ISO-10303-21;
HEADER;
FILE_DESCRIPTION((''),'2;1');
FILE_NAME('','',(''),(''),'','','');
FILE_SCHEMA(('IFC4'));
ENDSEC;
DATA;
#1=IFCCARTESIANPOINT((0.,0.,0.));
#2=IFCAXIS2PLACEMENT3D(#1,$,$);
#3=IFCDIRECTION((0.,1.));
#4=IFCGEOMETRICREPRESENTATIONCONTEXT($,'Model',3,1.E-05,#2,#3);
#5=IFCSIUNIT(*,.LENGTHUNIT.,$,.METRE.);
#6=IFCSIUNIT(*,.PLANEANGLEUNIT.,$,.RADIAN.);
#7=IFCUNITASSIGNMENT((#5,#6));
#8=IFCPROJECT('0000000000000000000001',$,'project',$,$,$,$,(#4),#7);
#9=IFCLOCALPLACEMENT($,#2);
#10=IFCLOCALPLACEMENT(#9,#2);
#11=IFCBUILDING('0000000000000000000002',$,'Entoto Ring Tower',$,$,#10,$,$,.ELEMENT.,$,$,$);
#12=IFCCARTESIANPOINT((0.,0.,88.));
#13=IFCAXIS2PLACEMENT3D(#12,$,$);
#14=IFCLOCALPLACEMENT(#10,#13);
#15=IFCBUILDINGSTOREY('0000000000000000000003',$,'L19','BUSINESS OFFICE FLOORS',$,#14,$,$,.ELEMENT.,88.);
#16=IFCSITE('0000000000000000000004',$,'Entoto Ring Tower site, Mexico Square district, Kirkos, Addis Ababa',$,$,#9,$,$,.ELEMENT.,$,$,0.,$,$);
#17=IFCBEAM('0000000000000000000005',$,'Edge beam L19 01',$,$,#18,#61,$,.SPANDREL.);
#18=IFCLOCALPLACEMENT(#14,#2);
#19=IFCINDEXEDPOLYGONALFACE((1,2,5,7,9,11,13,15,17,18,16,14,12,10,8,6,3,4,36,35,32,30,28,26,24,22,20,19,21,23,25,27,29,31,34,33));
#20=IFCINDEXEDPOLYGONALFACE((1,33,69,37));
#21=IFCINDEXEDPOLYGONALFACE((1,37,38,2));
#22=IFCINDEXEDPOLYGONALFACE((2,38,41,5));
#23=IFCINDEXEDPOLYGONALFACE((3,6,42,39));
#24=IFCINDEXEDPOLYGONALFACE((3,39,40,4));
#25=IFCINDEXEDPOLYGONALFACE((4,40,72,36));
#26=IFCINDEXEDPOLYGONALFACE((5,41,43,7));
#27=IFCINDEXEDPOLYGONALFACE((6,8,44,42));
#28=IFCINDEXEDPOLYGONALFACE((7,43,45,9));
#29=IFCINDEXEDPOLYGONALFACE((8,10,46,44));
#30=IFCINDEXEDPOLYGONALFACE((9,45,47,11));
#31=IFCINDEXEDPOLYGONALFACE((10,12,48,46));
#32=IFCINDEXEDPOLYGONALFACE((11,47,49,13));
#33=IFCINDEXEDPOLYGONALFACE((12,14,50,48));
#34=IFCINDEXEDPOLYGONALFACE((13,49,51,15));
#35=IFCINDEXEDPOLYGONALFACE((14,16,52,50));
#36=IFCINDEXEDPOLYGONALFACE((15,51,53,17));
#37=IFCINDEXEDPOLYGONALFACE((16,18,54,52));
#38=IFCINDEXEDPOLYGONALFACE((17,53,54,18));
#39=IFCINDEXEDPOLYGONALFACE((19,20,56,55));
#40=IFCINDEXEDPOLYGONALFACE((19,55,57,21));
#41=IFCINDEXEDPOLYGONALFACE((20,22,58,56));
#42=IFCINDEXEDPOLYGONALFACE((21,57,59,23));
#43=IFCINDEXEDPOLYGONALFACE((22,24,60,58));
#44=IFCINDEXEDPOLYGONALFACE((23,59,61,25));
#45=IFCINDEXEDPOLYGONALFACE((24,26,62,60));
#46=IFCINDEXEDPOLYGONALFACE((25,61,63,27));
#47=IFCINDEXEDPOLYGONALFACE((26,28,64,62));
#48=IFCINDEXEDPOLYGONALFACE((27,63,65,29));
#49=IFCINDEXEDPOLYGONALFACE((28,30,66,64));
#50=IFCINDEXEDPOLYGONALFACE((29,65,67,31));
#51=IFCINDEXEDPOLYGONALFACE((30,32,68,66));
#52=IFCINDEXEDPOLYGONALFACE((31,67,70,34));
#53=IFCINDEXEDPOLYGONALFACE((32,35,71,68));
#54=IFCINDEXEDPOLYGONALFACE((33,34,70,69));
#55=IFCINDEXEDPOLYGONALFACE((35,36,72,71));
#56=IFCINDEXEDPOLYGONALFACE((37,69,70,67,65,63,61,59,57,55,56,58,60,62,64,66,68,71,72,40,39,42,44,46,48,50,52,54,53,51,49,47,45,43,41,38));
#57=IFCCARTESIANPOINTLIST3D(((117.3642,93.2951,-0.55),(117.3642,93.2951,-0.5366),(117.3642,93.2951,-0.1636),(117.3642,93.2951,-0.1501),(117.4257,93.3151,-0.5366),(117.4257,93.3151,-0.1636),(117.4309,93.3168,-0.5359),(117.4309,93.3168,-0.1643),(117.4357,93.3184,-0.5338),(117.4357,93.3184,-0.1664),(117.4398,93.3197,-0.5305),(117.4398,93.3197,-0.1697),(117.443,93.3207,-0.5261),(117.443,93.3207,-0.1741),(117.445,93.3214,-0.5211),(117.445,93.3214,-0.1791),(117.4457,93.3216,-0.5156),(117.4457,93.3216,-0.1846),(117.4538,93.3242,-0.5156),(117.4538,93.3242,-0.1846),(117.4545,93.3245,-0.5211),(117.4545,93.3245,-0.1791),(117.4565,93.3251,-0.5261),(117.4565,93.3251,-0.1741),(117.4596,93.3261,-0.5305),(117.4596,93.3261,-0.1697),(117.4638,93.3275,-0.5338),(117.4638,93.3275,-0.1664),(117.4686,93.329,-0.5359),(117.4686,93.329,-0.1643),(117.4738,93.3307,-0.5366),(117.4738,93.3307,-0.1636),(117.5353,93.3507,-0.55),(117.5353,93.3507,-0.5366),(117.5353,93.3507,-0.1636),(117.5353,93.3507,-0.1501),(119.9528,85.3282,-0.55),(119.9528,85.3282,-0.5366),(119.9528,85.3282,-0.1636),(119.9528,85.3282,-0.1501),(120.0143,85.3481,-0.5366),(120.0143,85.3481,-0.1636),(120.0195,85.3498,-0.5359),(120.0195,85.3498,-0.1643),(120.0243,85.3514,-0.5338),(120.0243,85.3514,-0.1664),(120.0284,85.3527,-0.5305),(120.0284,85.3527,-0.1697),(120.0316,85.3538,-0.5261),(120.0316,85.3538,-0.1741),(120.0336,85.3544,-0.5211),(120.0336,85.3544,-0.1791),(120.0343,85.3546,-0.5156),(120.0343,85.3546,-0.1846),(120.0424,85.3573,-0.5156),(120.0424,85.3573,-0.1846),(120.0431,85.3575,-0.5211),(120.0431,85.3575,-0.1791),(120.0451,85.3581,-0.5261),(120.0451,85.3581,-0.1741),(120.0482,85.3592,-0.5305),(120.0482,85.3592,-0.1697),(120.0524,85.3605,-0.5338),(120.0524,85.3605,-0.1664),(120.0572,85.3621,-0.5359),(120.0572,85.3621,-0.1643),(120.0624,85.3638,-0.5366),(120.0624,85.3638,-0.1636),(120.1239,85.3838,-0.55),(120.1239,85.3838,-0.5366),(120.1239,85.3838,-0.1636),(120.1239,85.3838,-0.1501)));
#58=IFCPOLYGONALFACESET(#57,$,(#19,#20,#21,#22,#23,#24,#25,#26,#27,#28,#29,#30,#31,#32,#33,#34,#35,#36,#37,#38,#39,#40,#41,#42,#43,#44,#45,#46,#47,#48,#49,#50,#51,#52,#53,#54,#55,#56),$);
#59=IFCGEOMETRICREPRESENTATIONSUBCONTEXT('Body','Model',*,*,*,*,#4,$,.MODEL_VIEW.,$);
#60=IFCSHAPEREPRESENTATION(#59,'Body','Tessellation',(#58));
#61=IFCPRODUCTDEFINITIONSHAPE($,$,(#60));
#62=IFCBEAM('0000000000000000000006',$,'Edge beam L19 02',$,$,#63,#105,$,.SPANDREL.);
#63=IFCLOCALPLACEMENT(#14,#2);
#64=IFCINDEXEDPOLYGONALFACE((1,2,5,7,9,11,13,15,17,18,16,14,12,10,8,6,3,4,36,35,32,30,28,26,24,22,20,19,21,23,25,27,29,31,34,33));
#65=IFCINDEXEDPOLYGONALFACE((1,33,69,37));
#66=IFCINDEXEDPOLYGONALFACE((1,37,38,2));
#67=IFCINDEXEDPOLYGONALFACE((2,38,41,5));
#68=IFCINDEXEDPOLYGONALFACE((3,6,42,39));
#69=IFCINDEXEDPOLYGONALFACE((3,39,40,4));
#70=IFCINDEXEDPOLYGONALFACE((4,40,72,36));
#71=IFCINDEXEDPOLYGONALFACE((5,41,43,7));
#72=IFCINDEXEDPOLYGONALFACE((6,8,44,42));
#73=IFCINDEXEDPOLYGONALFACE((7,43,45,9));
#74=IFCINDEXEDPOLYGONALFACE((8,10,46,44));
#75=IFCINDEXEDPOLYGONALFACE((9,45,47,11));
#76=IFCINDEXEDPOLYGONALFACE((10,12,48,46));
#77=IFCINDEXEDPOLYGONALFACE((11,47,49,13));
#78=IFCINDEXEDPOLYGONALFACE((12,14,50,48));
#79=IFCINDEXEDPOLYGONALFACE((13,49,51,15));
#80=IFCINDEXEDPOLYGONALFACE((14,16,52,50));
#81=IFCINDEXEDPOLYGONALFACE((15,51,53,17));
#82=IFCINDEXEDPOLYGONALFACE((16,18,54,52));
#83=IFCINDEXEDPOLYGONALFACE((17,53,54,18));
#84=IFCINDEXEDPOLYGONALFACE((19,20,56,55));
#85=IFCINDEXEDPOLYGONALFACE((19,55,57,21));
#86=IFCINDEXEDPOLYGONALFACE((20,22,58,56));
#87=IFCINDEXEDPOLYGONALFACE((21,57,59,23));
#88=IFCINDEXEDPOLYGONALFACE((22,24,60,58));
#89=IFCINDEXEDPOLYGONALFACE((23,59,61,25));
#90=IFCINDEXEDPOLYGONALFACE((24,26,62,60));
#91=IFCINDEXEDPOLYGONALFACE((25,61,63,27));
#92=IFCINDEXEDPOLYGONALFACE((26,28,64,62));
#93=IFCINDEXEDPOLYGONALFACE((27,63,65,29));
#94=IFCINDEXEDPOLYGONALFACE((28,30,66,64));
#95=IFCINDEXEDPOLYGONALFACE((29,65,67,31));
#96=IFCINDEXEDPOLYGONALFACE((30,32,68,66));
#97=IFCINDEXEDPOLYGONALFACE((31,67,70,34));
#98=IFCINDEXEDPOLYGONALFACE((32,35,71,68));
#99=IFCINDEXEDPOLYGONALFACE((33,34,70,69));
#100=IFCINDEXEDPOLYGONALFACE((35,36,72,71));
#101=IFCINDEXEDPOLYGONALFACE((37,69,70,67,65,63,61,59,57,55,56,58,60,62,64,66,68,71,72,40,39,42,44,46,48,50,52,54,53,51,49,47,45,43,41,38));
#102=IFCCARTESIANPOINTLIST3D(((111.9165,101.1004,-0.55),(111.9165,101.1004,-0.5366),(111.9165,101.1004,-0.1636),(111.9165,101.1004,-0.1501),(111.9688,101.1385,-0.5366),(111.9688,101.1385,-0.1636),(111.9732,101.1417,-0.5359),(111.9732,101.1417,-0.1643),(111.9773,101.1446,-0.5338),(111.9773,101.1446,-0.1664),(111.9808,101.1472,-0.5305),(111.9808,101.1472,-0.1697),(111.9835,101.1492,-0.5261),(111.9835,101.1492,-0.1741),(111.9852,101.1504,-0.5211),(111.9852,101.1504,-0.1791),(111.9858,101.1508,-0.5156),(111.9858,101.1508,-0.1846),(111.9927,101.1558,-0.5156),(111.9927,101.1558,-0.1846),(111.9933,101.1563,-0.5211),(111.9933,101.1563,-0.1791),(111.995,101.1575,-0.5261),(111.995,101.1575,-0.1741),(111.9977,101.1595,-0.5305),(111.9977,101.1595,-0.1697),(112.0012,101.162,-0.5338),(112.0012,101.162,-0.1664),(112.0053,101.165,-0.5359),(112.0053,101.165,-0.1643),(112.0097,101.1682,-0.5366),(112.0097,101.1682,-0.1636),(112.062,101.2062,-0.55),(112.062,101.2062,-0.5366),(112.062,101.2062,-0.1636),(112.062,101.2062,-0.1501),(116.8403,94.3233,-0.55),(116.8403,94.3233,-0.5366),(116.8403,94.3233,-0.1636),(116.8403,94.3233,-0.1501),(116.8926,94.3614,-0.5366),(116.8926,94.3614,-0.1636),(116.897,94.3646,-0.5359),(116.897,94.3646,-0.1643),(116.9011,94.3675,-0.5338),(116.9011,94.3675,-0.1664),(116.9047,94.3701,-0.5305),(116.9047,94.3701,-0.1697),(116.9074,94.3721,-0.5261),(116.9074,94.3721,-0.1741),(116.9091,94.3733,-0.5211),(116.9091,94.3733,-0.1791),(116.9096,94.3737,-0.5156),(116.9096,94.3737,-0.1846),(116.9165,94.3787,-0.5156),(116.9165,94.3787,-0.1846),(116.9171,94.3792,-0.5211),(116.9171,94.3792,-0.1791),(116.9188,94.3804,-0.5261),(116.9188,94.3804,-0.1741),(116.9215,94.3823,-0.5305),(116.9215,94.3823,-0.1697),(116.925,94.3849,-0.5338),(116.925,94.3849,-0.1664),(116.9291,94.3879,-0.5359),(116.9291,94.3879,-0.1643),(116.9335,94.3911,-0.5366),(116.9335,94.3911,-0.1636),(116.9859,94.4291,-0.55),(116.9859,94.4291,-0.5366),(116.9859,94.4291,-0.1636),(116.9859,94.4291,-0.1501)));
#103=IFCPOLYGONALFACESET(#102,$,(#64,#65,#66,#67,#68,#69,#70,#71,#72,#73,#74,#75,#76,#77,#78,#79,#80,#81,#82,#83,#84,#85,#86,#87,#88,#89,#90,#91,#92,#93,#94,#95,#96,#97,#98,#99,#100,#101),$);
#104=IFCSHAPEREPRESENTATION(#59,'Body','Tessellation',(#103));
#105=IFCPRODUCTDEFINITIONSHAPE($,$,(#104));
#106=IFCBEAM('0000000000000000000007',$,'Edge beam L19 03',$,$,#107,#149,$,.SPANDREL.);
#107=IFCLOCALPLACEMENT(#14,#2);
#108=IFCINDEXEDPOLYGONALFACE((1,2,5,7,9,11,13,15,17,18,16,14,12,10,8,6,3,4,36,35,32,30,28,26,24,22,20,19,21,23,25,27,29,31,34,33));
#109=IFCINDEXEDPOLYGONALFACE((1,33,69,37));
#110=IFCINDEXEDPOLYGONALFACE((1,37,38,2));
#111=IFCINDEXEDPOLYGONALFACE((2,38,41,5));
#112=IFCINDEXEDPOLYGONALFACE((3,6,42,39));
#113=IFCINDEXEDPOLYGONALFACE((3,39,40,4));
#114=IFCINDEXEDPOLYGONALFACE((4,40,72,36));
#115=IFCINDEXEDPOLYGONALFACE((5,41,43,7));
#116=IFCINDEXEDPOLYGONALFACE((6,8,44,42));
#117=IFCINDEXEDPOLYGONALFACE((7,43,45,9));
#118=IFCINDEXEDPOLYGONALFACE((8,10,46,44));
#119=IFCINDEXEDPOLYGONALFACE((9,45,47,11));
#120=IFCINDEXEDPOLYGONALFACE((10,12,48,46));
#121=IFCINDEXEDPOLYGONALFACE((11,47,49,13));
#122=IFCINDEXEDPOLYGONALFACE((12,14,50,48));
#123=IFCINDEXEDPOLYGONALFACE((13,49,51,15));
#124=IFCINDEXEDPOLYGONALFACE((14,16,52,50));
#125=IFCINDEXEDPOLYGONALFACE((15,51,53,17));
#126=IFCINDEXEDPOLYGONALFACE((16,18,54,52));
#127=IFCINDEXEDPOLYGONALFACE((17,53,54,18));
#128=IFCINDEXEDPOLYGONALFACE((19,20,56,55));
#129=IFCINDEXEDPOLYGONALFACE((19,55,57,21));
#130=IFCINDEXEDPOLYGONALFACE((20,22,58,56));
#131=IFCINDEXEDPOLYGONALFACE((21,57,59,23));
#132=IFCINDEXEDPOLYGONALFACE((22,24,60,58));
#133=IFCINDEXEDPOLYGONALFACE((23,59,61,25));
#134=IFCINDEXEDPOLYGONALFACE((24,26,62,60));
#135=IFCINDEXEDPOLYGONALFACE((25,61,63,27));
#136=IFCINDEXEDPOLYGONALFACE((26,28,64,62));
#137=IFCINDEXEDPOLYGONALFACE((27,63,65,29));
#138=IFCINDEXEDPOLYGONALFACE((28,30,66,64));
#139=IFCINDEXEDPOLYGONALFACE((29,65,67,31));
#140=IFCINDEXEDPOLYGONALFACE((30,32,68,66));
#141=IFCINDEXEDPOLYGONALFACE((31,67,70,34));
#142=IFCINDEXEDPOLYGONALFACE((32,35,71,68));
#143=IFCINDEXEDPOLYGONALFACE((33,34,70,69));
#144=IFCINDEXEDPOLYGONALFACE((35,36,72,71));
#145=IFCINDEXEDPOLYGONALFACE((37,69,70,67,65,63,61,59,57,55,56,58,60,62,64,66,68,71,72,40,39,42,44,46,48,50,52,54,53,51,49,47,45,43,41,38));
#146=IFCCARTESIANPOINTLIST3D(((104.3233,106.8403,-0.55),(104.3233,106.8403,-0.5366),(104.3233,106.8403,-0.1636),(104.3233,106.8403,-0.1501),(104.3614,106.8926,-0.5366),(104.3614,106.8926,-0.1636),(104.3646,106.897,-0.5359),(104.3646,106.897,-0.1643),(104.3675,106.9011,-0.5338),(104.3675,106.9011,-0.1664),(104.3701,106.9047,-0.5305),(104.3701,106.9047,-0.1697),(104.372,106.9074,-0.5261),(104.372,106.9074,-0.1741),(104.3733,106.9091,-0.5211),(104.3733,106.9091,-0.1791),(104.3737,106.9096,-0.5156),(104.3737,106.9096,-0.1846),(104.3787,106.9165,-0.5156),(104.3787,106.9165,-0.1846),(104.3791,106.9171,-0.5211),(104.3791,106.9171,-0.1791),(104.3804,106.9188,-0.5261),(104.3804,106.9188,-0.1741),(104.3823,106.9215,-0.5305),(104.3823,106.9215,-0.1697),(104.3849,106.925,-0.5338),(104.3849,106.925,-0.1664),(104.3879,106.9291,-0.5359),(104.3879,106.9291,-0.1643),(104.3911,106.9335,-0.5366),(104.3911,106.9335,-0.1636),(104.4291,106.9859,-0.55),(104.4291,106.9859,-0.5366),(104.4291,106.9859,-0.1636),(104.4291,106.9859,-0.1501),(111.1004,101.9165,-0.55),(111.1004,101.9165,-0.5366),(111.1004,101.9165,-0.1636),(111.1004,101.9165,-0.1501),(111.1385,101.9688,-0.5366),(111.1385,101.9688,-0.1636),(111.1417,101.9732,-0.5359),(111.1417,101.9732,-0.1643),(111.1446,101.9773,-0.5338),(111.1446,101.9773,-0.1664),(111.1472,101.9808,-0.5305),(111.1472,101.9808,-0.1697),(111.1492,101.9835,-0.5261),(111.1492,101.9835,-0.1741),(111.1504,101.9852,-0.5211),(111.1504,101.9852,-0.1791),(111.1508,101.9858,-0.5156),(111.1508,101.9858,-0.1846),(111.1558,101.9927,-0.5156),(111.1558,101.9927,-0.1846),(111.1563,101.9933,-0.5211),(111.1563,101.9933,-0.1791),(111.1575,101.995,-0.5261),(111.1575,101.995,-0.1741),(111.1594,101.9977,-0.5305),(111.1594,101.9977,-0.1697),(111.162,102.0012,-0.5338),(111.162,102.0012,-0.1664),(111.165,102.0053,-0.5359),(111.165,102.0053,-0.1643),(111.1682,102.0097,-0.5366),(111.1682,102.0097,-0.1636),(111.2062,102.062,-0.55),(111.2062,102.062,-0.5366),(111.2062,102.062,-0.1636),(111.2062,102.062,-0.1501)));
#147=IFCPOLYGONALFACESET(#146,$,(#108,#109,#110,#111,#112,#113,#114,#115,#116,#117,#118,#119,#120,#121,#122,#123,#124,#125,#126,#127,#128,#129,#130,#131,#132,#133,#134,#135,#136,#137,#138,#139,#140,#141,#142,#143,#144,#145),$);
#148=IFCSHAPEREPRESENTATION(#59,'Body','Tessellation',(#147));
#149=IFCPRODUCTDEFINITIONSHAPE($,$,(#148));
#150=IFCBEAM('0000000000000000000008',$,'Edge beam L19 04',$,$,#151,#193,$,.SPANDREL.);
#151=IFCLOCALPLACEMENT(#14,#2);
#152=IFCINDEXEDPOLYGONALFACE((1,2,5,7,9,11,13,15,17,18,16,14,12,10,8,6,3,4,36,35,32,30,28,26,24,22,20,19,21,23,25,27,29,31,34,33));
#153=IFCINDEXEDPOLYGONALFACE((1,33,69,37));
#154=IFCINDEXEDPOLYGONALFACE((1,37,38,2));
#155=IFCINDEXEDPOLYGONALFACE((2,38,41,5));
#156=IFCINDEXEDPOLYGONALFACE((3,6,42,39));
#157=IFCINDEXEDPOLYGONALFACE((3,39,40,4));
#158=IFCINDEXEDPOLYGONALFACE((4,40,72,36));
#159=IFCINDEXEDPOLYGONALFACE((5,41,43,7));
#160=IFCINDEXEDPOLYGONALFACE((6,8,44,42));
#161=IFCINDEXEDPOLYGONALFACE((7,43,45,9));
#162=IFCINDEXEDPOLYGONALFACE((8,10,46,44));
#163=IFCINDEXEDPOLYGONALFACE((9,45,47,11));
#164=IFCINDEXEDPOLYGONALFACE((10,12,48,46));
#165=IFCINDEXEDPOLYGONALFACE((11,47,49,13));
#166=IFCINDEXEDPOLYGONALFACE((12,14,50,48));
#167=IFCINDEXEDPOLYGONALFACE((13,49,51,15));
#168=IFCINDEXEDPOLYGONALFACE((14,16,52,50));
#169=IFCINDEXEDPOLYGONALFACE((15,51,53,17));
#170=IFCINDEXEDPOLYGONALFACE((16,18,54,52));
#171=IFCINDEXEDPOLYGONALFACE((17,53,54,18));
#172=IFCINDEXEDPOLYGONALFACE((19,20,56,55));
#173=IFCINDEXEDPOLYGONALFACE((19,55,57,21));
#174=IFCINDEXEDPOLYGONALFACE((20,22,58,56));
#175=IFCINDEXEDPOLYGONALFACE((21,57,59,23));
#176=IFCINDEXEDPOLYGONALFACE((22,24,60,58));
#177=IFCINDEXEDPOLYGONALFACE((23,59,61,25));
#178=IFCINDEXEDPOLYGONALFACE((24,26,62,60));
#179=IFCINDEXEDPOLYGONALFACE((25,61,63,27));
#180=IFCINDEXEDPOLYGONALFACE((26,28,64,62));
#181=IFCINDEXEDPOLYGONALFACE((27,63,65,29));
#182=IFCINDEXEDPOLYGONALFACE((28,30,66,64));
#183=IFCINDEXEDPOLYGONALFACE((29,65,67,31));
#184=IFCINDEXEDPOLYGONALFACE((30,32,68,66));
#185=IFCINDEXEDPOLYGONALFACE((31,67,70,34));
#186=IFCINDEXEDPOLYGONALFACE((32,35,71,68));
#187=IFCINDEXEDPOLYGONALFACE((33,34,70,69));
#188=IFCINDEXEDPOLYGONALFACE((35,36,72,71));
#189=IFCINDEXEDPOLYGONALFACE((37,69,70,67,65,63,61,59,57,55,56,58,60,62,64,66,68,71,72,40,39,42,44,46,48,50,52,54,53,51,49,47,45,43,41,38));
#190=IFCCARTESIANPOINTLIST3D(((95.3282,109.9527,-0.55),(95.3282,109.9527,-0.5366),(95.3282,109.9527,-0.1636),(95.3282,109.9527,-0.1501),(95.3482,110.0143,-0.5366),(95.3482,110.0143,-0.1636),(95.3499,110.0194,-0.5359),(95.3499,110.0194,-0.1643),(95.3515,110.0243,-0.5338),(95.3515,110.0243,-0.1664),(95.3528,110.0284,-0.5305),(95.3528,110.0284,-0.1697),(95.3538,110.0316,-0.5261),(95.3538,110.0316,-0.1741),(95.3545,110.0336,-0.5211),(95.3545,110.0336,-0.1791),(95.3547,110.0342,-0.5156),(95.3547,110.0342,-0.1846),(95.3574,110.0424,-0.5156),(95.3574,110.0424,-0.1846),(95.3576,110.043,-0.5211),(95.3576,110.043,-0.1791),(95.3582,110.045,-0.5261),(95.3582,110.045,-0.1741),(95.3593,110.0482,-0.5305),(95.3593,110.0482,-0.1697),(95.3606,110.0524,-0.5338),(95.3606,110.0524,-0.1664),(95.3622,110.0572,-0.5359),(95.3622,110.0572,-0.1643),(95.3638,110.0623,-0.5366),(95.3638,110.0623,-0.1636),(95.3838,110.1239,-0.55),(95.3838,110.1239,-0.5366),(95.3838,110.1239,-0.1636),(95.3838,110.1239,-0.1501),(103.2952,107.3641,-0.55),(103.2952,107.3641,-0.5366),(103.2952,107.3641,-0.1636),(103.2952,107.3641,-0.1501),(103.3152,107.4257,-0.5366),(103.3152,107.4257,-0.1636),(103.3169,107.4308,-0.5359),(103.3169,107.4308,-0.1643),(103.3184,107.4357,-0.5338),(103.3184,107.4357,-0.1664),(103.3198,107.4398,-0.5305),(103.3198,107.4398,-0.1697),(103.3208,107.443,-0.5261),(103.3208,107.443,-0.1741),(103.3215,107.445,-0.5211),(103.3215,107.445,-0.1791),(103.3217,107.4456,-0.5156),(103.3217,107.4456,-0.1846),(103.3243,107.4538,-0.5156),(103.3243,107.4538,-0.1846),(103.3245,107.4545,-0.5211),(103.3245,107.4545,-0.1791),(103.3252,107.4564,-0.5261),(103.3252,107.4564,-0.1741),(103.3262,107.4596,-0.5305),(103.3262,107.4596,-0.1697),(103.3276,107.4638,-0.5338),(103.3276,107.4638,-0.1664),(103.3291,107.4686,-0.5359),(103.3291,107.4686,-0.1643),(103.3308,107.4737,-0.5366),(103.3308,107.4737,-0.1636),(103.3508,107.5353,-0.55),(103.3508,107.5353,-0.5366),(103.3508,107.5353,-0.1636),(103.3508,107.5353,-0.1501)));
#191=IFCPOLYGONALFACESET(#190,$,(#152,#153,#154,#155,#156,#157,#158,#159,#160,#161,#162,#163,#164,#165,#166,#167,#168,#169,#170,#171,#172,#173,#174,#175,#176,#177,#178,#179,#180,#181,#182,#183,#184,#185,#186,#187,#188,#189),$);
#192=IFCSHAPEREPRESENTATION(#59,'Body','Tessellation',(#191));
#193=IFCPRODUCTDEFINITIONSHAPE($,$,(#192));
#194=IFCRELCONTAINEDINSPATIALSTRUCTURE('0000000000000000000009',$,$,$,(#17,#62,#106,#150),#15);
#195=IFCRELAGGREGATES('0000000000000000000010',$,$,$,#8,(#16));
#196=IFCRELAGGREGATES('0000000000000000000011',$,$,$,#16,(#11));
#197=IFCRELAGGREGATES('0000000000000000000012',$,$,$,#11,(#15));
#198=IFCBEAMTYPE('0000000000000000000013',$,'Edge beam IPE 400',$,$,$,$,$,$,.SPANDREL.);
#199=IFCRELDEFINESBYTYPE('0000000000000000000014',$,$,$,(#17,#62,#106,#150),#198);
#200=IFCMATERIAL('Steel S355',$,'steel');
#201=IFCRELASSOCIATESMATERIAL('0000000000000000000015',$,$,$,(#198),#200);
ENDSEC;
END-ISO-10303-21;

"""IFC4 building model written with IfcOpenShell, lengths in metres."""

from ifc_helpers import new_model, si_unit, direction, frame, origin, origin_2d, place, context, subcontext, project, spatial, i_section, extrude, material, material_profile, profile_set, type_object, element, save


model = new_model("IFC4")

# Units and contexts
model_context = context("Model", 3, precision=1e-05, world=origin(), true_north=direction((0.0, 1.0)))
body_context = subcontext(model_context, "Body", "Model", "MODEL_VIEW")
ifc_project = project(units=[si_unit("LENGTHUNIT", "METRE"), si_unit("PLANEANGLEUNIT", "RADIAN")], contexts=[model_context])

# Site, building, storey
site_placement = place(None, origin())
site = spatial("IfcSite", under=ifc_project, at=site_placement, Name="Entoto Ring Tower site, Mexico Square district, Kirkos, Addis Ababa", CompositionType="ELEMENT", RefElevation=0.0)
building_placement = place(site_placement, origin())
building = spatial("IfcBuilding", under=site, at=building_placement, Name="Entoto Ring Tower", CompositionType="ELEMENT")
storey_placement = place(building_placement, frame((0.0, 0.0, 88.0)))
storey = spatial("IfcBuildingStorey", under=building, at=storey_placement, Name="L19", Description="BUSINESS OFFICE FLOORS", CompositionType="ELEMENT", Elevation=88.0)

# Beams
ifc_material_1 = material(Name="Steel S355", Category="steel")
ifc_material_profile_1 = material_profile(ifc_material_1, i_section(OverallWidth=0.1799, OverallDepth=0.3999, WebThickness=0.0085, FlangeThickness=0.0134, FilletRadius=0.021, at=origin_2d()), Name="IPE 400")
ifc_profile_set_1 = profile_set([ifc_material_profile_1], Name="Steel S355")
beam_type_1 = type_object("IfcBeamType", Name="Edge beam IPE 400", PredefinedType="SPANDREL", material=ifc_profile_set_1)
for number, where, z_axis, x_axis, name in (
    (1, (120.0383, 85.356, -0.3501), (-0.309014, 0.951057, 0.0), (-0.951057, -0.309014, 0.0), "Edge beam L19 01"),
    (2, (116.9131, 94.3762, -0.3501), (-0.587783, 0.809018, 0.0), (-0.809018, -0.587783, 0.0), "Edge beam L19 02"),
    (3, (111.1533, 101.9893, -0.3501), (-0.809018, 0.587783, 0.0), (-0.587783, -0.809018, 0.0), "Edge beam L19 03"),
    (4, (103.323, 107.4497, -0.3501), (-0.951057, 0.309014, 0.0), (-0.309014, -0.951057, 0.0), "Edge beam L19 04"),
):
    element("IfcBeam", number, at=place(storey_placement, frame(where, z_axis=z_axis, x_axis=x_axis)), inside=storey, type_object=beam_type_1, Name=name, PredefinedType="SPANDREL", context=body_context, shape_type="SweptSolid", body=[
        extrude(i_section(OverallWidth=0.1799, OverallDepth=0.3999, WebThickness=0.0085, FlangeThickness=0.0134, FilletRadius=0.021, at=origin_2d()), origin(), (0.0, 0.0, 1.0), 8.377),
    ])

save(model, "model.ifc")
